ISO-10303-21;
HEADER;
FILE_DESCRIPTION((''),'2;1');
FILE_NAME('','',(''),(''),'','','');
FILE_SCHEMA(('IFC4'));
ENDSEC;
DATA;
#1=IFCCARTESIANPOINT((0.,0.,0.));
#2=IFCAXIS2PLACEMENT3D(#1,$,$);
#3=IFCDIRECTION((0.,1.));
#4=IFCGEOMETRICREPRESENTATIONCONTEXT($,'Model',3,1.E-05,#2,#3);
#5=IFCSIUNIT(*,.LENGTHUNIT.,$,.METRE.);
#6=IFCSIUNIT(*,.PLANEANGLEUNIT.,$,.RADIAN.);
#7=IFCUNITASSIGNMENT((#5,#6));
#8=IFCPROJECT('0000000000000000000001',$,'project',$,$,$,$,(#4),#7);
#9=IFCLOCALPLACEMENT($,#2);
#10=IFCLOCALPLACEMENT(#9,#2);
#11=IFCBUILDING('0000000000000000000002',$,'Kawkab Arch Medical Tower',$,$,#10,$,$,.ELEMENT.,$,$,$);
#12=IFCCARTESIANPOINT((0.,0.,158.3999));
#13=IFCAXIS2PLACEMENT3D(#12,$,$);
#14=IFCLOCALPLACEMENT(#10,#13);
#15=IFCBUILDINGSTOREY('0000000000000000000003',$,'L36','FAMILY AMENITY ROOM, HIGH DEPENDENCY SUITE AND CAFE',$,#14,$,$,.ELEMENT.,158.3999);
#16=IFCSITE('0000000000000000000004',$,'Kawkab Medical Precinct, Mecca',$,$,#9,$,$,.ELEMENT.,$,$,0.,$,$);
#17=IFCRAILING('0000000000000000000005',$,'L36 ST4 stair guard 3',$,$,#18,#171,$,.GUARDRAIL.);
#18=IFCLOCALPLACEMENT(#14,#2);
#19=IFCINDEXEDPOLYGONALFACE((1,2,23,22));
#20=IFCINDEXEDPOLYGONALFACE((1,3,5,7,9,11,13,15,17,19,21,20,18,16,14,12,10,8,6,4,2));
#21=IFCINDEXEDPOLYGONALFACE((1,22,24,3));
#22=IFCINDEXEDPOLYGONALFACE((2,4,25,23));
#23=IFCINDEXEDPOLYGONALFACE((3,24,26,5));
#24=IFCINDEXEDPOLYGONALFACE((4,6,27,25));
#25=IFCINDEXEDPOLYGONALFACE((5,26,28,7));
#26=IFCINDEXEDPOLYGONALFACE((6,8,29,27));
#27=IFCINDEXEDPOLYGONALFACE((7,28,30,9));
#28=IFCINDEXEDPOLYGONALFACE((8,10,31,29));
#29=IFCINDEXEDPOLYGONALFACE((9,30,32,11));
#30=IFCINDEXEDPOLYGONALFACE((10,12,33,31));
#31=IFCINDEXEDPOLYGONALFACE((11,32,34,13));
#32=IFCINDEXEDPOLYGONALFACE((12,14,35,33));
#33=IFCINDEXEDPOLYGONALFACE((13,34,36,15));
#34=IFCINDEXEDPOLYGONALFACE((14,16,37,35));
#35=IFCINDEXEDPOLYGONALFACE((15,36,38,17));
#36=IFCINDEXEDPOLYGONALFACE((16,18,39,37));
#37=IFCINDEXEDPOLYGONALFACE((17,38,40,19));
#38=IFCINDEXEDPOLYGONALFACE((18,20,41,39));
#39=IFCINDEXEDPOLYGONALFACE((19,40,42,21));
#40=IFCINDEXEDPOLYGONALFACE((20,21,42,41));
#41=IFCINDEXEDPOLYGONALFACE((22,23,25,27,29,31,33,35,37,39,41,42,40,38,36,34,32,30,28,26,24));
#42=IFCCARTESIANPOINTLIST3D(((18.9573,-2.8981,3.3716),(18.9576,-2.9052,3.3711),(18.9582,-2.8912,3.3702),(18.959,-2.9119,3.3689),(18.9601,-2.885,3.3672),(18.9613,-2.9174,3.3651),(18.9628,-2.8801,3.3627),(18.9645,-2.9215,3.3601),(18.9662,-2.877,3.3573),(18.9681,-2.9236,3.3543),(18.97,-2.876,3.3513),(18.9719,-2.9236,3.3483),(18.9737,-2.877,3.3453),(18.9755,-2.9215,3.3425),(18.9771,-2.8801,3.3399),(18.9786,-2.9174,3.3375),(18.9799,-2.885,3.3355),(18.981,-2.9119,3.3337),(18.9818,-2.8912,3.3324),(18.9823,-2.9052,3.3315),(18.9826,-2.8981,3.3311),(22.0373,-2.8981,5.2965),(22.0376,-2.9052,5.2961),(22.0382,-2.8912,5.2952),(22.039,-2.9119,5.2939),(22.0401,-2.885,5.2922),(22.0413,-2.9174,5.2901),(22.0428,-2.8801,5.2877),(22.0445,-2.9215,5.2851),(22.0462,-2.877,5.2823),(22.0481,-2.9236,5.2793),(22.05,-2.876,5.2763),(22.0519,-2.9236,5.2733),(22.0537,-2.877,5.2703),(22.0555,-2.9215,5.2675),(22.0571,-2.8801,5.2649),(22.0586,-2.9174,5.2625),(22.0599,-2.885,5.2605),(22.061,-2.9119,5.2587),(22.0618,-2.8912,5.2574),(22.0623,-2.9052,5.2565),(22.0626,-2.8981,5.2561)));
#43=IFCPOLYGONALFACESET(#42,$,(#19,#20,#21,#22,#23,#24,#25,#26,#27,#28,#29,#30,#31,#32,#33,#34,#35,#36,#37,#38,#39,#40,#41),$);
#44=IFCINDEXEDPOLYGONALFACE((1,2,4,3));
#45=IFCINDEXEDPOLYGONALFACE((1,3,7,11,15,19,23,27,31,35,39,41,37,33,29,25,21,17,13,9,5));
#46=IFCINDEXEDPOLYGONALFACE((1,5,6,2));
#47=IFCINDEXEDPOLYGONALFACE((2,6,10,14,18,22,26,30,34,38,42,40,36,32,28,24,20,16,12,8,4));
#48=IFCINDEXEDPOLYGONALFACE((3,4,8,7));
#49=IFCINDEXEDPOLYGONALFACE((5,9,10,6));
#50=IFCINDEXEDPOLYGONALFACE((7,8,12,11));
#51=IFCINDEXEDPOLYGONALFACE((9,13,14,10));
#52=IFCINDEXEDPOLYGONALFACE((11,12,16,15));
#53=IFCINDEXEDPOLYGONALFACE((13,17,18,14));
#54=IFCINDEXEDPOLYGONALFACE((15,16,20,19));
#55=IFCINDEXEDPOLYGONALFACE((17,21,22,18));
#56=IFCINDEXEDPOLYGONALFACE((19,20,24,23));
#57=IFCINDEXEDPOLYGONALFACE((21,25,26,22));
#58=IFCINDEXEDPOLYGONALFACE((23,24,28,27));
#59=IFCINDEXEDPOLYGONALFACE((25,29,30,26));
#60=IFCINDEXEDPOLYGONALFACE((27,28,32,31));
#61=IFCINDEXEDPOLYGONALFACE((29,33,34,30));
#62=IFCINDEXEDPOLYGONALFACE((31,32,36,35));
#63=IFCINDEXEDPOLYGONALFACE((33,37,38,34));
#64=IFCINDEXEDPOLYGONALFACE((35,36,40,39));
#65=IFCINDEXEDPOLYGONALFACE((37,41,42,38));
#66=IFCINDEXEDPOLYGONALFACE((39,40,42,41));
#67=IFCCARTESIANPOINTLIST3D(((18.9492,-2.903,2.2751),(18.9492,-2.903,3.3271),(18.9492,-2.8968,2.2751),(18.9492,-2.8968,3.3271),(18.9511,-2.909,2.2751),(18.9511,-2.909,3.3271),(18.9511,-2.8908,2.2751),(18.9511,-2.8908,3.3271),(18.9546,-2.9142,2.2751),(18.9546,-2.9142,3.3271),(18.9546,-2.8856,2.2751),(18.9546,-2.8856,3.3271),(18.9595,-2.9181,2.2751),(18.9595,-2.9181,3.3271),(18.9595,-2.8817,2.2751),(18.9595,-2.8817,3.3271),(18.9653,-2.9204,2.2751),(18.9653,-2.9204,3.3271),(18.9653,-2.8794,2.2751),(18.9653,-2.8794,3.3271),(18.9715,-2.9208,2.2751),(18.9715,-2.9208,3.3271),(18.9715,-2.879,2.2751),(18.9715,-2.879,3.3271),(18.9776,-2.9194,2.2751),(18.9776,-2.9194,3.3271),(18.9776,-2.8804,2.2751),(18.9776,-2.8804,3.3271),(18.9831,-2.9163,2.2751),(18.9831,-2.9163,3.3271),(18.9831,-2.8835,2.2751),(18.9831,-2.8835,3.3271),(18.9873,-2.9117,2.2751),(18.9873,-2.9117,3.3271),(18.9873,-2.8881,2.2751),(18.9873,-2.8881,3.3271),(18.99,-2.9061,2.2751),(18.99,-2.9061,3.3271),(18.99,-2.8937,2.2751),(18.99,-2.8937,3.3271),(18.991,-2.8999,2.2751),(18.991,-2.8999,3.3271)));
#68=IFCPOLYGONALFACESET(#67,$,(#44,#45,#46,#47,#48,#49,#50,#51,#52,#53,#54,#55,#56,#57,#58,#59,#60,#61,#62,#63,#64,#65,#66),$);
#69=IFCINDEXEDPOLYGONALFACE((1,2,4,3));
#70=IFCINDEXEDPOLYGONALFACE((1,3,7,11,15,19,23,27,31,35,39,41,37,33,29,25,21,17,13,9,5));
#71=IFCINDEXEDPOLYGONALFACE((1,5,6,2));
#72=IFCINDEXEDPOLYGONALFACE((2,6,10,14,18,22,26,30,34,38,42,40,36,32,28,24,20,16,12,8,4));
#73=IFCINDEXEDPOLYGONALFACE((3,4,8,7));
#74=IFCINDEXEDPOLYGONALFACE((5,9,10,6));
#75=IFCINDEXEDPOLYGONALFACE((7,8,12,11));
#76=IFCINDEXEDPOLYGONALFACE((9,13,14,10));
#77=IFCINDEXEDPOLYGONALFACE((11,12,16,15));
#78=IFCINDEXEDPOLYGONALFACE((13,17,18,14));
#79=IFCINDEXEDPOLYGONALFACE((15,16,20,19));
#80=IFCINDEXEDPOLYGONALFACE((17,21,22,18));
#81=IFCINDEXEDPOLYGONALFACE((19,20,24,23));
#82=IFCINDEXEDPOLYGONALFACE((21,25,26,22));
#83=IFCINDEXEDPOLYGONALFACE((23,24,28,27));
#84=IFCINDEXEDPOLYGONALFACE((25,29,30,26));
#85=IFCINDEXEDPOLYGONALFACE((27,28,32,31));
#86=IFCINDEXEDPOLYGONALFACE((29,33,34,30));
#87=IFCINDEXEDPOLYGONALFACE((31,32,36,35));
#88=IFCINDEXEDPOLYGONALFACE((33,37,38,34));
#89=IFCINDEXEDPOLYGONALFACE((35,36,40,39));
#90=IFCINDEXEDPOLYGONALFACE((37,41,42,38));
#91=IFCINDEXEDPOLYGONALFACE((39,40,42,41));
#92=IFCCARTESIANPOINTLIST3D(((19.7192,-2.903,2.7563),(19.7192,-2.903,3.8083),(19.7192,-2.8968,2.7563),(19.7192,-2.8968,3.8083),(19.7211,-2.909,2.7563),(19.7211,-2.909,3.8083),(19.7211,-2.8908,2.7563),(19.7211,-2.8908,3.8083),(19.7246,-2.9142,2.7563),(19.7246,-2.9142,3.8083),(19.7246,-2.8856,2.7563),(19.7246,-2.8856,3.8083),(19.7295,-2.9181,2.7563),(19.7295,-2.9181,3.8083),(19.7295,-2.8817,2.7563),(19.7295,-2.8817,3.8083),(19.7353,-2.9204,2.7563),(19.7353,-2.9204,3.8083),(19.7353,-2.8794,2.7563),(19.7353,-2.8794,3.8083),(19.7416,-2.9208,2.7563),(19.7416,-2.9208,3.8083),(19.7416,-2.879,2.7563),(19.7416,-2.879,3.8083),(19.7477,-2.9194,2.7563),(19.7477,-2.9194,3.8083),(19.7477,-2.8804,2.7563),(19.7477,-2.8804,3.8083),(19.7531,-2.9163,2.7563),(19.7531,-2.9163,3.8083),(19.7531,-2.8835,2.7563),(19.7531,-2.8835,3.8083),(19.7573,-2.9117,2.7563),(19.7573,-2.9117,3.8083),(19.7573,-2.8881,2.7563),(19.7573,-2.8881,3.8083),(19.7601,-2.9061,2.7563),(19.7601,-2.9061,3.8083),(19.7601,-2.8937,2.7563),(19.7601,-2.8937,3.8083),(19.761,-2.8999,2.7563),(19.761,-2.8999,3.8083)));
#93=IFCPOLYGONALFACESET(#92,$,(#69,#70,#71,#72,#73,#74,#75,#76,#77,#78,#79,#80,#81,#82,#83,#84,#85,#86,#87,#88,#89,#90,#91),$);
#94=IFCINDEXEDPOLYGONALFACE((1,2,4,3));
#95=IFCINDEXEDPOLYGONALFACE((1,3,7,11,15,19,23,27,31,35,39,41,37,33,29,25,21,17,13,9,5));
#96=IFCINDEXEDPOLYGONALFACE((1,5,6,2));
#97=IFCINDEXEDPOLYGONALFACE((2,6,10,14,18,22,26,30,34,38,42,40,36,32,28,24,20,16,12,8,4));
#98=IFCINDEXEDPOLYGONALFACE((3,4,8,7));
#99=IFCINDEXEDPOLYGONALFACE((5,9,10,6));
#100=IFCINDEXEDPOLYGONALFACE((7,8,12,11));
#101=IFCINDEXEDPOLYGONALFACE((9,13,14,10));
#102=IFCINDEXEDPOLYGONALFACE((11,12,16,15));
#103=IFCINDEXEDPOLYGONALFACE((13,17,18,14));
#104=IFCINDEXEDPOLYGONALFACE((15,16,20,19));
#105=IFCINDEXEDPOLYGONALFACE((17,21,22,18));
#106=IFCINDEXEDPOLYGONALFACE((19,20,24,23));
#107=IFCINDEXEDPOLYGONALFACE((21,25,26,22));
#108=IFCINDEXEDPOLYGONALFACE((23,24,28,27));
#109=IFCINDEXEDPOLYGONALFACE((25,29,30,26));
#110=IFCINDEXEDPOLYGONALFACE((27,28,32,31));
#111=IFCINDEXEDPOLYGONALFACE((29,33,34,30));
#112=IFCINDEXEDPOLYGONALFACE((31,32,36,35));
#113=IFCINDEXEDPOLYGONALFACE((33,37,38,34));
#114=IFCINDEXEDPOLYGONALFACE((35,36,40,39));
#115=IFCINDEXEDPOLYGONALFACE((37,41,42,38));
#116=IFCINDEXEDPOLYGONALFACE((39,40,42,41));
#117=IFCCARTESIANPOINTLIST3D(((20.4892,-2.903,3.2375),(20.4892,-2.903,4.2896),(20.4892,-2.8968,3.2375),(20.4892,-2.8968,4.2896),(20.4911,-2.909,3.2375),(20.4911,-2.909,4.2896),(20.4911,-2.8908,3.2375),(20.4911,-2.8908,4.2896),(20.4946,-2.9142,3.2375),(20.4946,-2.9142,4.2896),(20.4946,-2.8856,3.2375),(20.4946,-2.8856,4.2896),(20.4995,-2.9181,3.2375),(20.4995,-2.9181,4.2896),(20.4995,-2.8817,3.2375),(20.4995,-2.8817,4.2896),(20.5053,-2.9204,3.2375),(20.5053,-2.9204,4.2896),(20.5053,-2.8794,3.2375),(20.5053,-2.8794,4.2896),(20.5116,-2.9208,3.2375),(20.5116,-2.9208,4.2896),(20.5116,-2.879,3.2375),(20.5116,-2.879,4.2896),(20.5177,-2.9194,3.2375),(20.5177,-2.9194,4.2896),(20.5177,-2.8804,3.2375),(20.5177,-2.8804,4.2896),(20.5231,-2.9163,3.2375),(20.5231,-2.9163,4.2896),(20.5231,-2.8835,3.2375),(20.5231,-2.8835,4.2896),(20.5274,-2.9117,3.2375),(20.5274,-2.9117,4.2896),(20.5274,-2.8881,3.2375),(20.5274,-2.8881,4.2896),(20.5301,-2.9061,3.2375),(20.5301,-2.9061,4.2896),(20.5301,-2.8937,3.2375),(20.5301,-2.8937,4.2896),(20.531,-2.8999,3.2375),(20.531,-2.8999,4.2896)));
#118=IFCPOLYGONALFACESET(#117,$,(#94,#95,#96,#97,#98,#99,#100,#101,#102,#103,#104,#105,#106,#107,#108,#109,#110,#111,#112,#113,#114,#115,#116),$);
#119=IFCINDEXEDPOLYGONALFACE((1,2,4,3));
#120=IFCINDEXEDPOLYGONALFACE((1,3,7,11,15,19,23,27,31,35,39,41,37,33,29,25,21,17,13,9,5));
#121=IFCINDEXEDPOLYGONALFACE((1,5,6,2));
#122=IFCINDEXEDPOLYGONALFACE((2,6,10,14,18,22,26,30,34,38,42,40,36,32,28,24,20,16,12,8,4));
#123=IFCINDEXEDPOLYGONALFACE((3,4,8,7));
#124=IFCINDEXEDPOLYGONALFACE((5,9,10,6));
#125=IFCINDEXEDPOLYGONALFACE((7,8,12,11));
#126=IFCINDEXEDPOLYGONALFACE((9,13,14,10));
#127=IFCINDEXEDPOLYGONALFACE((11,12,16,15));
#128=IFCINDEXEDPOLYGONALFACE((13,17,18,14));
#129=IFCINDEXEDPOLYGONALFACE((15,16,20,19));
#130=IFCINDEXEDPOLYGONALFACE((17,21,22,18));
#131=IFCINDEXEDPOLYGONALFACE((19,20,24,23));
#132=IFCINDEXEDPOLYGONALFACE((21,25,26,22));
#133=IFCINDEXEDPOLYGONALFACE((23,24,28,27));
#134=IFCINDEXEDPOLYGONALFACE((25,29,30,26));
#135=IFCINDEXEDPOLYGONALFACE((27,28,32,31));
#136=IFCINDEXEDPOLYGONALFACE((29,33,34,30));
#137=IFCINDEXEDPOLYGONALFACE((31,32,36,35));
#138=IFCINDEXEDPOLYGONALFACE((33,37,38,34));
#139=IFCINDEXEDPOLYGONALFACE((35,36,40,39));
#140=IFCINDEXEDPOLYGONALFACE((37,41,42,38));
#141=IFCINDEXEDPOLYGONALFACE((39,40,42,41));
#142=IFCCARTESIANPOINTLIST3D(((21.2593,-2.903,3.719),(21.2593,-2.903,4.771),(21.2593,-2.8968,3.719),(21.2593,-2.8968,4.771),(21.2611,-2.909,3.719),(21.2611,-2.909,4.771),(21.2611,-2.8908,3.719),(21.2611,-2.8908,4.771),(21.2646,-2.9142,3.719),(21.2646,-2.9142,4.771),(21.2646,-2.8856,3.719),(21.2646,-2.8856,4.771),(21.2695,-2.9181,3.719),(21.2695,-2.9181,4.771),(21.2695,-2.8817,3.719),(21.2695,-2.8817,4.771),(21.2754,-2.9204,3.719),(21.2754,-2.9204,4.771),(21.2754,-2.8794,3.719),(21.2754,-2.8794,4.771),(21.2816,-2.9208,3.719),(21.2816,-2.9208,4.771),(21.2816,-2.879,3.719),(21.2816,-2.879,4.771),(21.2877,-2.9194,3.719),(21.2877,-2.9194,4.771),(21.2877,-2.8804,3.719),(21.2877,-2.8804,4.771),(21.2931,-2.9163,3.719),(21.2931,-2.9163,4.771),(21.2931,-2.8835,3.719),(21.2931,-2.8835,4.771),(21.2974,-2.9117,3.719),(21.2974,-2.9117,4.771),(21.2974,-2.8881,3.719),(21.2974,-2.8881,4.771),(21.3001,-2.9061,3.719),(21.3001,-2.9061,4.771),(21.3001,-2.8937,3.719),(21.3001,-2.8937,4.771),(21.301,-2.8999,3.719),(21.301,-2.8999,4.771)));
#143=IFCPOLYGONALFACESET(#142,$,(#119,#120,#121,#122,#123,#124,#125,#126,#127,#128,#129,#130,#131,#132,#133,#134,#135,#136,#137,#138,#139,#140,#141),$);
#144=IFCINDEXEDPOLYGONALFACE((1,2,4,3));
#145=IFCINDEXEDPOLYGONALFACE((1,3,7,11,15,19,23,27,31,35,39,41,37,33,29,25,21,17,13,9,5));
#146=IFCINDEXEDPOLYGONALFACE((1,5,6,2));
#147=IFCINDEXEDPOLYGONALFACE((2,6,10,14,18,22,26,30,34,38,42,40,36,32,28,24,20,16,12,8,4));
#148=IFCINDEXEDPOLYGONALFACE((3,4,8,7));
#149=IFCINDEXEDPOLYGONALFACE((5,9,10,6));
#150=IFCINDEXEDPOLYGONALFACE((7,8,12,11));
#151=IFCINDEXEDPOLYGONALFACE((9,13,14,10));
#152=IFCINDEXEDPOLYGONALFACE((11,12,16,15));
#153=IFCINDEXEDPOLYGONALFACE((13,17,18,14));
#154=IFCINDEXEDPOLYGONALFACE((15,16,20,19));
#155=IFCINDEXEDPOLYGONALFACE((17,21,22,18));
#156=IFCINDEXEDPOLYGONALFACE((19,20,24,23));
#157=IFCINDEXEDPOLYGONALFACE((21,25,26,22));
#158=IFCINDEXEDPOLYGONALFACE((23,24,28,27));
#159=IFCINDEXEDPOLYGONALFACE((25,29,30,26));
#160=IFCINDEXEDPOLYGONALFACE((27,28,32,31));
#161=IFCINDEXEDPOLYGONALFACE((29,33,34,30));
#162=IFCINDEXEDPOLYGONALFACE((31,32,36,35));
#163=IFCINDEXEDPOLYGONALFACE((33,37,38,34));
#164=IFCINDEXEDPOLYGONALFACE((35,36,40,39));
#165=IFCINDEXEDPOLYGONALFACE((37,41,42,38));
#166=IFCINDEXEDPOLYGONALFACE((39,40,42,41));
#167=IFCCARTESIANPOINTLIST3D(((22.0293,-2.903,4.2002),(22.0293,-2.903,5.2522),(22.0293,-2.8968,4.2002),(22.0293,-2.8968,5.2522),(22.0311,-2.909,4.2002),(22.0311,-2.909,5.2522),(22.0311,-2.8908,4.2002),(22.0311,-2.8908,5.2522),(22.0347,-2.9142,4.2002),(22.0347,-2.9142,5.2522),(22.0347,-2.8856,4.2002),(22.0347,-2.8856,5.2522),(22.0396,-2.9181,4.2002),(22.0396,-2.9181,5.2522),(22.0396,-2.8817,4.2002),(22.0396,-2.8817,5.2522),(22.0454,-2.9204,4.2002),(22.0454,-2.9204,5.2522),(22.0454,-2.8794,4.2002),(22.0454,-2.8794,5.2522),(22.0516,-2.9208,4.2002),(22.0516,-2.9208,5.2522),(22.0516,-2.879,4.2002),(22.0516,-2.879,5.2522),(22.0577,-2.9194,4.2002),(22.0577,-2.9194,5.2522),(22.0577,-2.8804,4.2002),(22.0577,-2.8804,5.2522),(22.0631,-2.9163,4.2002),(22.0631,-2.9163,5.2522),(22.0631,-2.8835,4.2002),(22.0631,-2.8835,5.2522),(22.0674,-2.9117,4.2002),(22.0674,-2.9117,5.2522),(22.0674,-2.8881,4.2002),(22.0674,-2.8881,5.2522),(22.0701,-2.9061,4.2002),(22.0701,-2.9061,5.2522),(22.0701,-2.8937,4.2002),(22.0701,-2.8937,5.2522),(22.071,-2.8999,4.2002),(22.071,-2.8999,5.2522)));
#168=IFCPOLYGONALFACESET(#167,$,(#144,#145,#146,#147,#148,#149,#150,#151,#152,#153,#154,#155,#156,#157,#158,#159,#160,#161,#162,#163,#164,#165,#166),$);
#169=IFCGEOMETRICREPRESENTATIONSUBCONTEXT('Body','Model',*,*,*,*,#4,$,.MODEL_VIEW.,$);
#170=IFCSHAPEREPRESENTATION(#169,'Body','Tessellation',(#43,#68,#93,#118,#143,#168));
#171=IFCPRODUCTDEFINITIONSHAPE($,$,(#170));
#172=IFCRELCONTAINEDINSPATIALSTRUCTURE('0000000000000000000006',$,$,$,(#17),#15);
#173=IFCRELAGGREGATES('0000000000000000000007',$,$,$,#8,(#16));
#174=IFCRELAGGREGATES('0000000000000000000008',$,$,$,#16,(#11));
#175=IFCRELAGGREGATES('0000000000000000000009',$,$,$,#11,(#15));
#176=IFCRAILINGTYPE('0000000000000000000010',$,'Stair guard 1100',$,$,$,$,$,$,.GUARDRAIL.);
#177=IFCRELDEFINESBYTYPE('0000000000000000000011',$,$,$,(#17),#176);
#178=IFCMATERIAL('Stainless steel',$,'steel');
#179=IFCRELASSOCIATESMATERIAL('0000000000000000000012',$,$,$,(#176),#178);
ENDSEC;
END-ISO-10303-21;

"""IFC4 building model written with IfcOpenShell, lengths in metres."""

from ifc_helpers import new_model, si_unit, direction, frame, origin, origin_2d, place, context, subcontext, project, spatial, circle, extrude, material, type_object, element, save


model = new_model("IFC4")

# Units and contexts
model_context = context("Model", 3, precision=1e-05, world=origin(), true_north=direction((0.0, 1.0)))
body_context = subcontext(model_context, "Body", "Model", "MODEL_VIEW")
ifc_project = project(units=[si_unit("LENGTHUNIT", "METRE"), si_unit("PLANEANGLEUNIT", "RADIAN")], contexts=[model_context])

# Site, building, storey
site_placement = place(None, origin())
site = spatial("IfcSite", under=ifc_project, at=site_placement, Name="Kawkab Medical Precinct, Mecca", CompositionType="ELEMENT", RefElevation=0.0)
building_placement = place(site_placement, origin())
building = spatial("IfcBuilding", under=site, at=building_placement, Name="Kawkab Arch Medical Tower", CompositionType="ELEMENT")
storey_placement = place(building_placement, frame((0.0, 0.0, 158.3999)))
storey = spatial("IfcBuildingStorey", under=building, at=storey_placement, Name="L36", Description="FAMILY AMENITY ROOM, HIGH DEPENDENCY SUITE AND CAFE", CompositionType="ELEMENT", Elevation=158.3999)

# Railing
ifc_material_1 = material(Name="Stainless steel", Category="steel")
railing_type_1 = type_object("IfcRailingType", Name="Stair guard 1100", PredefinedType="GUARDRAIL", material=ifc_material_1)
railing_1_placement = place(storey_placement, frame((18.97, -2.8999, 2.2751)))
element("IfcRailing", 1, at=railing_1_placement, inside=storey, type_object=railing_type_1, Name="L36 ST4 stair guard 3", PredefinedType="GUARDRAIL", context=body_context, shape_type="SweptSolid", body=[
    extrude(circle(Radius=0.0239, at=origin_2d()), frame((0.0, 0.0, 1.0762), z_axis=(0.847998, 0.0, 0.529999), x_axis=(0.0, 1.0, 0.0)), (0.0, 0.0, 1.0), 3.6321),
    extrude(circle(Radius=0.021, at=origin_2d()), origin(), (0.0, 0.0, 1.0), 1.052),
    extrude(circle(Radius=0.021, at=origin_2d()), frame((0.77, 0.0, 0.4812)), (0.0, 0.0, 1.0), 1.052),
    extrude(circle(Radius=0.021, at=origin_2d()), frame((1.54, 0.0, 0.9624)), (0.0, 0.0, 1.0), 1.052),
    extrude(circle(Radius=0.021, at=origin_2d()), frame((2.3101, 0.0, 1.4438)), (0.0, 0.0, 1.0), 1.052),
    extrude(circle(Radius=0.021, at=origin_2d()), frame((3.0801, 0.0, 1.925)), (0.0, 0.0, 1.0), 1.052),
])

save(model, "model.ifc")
